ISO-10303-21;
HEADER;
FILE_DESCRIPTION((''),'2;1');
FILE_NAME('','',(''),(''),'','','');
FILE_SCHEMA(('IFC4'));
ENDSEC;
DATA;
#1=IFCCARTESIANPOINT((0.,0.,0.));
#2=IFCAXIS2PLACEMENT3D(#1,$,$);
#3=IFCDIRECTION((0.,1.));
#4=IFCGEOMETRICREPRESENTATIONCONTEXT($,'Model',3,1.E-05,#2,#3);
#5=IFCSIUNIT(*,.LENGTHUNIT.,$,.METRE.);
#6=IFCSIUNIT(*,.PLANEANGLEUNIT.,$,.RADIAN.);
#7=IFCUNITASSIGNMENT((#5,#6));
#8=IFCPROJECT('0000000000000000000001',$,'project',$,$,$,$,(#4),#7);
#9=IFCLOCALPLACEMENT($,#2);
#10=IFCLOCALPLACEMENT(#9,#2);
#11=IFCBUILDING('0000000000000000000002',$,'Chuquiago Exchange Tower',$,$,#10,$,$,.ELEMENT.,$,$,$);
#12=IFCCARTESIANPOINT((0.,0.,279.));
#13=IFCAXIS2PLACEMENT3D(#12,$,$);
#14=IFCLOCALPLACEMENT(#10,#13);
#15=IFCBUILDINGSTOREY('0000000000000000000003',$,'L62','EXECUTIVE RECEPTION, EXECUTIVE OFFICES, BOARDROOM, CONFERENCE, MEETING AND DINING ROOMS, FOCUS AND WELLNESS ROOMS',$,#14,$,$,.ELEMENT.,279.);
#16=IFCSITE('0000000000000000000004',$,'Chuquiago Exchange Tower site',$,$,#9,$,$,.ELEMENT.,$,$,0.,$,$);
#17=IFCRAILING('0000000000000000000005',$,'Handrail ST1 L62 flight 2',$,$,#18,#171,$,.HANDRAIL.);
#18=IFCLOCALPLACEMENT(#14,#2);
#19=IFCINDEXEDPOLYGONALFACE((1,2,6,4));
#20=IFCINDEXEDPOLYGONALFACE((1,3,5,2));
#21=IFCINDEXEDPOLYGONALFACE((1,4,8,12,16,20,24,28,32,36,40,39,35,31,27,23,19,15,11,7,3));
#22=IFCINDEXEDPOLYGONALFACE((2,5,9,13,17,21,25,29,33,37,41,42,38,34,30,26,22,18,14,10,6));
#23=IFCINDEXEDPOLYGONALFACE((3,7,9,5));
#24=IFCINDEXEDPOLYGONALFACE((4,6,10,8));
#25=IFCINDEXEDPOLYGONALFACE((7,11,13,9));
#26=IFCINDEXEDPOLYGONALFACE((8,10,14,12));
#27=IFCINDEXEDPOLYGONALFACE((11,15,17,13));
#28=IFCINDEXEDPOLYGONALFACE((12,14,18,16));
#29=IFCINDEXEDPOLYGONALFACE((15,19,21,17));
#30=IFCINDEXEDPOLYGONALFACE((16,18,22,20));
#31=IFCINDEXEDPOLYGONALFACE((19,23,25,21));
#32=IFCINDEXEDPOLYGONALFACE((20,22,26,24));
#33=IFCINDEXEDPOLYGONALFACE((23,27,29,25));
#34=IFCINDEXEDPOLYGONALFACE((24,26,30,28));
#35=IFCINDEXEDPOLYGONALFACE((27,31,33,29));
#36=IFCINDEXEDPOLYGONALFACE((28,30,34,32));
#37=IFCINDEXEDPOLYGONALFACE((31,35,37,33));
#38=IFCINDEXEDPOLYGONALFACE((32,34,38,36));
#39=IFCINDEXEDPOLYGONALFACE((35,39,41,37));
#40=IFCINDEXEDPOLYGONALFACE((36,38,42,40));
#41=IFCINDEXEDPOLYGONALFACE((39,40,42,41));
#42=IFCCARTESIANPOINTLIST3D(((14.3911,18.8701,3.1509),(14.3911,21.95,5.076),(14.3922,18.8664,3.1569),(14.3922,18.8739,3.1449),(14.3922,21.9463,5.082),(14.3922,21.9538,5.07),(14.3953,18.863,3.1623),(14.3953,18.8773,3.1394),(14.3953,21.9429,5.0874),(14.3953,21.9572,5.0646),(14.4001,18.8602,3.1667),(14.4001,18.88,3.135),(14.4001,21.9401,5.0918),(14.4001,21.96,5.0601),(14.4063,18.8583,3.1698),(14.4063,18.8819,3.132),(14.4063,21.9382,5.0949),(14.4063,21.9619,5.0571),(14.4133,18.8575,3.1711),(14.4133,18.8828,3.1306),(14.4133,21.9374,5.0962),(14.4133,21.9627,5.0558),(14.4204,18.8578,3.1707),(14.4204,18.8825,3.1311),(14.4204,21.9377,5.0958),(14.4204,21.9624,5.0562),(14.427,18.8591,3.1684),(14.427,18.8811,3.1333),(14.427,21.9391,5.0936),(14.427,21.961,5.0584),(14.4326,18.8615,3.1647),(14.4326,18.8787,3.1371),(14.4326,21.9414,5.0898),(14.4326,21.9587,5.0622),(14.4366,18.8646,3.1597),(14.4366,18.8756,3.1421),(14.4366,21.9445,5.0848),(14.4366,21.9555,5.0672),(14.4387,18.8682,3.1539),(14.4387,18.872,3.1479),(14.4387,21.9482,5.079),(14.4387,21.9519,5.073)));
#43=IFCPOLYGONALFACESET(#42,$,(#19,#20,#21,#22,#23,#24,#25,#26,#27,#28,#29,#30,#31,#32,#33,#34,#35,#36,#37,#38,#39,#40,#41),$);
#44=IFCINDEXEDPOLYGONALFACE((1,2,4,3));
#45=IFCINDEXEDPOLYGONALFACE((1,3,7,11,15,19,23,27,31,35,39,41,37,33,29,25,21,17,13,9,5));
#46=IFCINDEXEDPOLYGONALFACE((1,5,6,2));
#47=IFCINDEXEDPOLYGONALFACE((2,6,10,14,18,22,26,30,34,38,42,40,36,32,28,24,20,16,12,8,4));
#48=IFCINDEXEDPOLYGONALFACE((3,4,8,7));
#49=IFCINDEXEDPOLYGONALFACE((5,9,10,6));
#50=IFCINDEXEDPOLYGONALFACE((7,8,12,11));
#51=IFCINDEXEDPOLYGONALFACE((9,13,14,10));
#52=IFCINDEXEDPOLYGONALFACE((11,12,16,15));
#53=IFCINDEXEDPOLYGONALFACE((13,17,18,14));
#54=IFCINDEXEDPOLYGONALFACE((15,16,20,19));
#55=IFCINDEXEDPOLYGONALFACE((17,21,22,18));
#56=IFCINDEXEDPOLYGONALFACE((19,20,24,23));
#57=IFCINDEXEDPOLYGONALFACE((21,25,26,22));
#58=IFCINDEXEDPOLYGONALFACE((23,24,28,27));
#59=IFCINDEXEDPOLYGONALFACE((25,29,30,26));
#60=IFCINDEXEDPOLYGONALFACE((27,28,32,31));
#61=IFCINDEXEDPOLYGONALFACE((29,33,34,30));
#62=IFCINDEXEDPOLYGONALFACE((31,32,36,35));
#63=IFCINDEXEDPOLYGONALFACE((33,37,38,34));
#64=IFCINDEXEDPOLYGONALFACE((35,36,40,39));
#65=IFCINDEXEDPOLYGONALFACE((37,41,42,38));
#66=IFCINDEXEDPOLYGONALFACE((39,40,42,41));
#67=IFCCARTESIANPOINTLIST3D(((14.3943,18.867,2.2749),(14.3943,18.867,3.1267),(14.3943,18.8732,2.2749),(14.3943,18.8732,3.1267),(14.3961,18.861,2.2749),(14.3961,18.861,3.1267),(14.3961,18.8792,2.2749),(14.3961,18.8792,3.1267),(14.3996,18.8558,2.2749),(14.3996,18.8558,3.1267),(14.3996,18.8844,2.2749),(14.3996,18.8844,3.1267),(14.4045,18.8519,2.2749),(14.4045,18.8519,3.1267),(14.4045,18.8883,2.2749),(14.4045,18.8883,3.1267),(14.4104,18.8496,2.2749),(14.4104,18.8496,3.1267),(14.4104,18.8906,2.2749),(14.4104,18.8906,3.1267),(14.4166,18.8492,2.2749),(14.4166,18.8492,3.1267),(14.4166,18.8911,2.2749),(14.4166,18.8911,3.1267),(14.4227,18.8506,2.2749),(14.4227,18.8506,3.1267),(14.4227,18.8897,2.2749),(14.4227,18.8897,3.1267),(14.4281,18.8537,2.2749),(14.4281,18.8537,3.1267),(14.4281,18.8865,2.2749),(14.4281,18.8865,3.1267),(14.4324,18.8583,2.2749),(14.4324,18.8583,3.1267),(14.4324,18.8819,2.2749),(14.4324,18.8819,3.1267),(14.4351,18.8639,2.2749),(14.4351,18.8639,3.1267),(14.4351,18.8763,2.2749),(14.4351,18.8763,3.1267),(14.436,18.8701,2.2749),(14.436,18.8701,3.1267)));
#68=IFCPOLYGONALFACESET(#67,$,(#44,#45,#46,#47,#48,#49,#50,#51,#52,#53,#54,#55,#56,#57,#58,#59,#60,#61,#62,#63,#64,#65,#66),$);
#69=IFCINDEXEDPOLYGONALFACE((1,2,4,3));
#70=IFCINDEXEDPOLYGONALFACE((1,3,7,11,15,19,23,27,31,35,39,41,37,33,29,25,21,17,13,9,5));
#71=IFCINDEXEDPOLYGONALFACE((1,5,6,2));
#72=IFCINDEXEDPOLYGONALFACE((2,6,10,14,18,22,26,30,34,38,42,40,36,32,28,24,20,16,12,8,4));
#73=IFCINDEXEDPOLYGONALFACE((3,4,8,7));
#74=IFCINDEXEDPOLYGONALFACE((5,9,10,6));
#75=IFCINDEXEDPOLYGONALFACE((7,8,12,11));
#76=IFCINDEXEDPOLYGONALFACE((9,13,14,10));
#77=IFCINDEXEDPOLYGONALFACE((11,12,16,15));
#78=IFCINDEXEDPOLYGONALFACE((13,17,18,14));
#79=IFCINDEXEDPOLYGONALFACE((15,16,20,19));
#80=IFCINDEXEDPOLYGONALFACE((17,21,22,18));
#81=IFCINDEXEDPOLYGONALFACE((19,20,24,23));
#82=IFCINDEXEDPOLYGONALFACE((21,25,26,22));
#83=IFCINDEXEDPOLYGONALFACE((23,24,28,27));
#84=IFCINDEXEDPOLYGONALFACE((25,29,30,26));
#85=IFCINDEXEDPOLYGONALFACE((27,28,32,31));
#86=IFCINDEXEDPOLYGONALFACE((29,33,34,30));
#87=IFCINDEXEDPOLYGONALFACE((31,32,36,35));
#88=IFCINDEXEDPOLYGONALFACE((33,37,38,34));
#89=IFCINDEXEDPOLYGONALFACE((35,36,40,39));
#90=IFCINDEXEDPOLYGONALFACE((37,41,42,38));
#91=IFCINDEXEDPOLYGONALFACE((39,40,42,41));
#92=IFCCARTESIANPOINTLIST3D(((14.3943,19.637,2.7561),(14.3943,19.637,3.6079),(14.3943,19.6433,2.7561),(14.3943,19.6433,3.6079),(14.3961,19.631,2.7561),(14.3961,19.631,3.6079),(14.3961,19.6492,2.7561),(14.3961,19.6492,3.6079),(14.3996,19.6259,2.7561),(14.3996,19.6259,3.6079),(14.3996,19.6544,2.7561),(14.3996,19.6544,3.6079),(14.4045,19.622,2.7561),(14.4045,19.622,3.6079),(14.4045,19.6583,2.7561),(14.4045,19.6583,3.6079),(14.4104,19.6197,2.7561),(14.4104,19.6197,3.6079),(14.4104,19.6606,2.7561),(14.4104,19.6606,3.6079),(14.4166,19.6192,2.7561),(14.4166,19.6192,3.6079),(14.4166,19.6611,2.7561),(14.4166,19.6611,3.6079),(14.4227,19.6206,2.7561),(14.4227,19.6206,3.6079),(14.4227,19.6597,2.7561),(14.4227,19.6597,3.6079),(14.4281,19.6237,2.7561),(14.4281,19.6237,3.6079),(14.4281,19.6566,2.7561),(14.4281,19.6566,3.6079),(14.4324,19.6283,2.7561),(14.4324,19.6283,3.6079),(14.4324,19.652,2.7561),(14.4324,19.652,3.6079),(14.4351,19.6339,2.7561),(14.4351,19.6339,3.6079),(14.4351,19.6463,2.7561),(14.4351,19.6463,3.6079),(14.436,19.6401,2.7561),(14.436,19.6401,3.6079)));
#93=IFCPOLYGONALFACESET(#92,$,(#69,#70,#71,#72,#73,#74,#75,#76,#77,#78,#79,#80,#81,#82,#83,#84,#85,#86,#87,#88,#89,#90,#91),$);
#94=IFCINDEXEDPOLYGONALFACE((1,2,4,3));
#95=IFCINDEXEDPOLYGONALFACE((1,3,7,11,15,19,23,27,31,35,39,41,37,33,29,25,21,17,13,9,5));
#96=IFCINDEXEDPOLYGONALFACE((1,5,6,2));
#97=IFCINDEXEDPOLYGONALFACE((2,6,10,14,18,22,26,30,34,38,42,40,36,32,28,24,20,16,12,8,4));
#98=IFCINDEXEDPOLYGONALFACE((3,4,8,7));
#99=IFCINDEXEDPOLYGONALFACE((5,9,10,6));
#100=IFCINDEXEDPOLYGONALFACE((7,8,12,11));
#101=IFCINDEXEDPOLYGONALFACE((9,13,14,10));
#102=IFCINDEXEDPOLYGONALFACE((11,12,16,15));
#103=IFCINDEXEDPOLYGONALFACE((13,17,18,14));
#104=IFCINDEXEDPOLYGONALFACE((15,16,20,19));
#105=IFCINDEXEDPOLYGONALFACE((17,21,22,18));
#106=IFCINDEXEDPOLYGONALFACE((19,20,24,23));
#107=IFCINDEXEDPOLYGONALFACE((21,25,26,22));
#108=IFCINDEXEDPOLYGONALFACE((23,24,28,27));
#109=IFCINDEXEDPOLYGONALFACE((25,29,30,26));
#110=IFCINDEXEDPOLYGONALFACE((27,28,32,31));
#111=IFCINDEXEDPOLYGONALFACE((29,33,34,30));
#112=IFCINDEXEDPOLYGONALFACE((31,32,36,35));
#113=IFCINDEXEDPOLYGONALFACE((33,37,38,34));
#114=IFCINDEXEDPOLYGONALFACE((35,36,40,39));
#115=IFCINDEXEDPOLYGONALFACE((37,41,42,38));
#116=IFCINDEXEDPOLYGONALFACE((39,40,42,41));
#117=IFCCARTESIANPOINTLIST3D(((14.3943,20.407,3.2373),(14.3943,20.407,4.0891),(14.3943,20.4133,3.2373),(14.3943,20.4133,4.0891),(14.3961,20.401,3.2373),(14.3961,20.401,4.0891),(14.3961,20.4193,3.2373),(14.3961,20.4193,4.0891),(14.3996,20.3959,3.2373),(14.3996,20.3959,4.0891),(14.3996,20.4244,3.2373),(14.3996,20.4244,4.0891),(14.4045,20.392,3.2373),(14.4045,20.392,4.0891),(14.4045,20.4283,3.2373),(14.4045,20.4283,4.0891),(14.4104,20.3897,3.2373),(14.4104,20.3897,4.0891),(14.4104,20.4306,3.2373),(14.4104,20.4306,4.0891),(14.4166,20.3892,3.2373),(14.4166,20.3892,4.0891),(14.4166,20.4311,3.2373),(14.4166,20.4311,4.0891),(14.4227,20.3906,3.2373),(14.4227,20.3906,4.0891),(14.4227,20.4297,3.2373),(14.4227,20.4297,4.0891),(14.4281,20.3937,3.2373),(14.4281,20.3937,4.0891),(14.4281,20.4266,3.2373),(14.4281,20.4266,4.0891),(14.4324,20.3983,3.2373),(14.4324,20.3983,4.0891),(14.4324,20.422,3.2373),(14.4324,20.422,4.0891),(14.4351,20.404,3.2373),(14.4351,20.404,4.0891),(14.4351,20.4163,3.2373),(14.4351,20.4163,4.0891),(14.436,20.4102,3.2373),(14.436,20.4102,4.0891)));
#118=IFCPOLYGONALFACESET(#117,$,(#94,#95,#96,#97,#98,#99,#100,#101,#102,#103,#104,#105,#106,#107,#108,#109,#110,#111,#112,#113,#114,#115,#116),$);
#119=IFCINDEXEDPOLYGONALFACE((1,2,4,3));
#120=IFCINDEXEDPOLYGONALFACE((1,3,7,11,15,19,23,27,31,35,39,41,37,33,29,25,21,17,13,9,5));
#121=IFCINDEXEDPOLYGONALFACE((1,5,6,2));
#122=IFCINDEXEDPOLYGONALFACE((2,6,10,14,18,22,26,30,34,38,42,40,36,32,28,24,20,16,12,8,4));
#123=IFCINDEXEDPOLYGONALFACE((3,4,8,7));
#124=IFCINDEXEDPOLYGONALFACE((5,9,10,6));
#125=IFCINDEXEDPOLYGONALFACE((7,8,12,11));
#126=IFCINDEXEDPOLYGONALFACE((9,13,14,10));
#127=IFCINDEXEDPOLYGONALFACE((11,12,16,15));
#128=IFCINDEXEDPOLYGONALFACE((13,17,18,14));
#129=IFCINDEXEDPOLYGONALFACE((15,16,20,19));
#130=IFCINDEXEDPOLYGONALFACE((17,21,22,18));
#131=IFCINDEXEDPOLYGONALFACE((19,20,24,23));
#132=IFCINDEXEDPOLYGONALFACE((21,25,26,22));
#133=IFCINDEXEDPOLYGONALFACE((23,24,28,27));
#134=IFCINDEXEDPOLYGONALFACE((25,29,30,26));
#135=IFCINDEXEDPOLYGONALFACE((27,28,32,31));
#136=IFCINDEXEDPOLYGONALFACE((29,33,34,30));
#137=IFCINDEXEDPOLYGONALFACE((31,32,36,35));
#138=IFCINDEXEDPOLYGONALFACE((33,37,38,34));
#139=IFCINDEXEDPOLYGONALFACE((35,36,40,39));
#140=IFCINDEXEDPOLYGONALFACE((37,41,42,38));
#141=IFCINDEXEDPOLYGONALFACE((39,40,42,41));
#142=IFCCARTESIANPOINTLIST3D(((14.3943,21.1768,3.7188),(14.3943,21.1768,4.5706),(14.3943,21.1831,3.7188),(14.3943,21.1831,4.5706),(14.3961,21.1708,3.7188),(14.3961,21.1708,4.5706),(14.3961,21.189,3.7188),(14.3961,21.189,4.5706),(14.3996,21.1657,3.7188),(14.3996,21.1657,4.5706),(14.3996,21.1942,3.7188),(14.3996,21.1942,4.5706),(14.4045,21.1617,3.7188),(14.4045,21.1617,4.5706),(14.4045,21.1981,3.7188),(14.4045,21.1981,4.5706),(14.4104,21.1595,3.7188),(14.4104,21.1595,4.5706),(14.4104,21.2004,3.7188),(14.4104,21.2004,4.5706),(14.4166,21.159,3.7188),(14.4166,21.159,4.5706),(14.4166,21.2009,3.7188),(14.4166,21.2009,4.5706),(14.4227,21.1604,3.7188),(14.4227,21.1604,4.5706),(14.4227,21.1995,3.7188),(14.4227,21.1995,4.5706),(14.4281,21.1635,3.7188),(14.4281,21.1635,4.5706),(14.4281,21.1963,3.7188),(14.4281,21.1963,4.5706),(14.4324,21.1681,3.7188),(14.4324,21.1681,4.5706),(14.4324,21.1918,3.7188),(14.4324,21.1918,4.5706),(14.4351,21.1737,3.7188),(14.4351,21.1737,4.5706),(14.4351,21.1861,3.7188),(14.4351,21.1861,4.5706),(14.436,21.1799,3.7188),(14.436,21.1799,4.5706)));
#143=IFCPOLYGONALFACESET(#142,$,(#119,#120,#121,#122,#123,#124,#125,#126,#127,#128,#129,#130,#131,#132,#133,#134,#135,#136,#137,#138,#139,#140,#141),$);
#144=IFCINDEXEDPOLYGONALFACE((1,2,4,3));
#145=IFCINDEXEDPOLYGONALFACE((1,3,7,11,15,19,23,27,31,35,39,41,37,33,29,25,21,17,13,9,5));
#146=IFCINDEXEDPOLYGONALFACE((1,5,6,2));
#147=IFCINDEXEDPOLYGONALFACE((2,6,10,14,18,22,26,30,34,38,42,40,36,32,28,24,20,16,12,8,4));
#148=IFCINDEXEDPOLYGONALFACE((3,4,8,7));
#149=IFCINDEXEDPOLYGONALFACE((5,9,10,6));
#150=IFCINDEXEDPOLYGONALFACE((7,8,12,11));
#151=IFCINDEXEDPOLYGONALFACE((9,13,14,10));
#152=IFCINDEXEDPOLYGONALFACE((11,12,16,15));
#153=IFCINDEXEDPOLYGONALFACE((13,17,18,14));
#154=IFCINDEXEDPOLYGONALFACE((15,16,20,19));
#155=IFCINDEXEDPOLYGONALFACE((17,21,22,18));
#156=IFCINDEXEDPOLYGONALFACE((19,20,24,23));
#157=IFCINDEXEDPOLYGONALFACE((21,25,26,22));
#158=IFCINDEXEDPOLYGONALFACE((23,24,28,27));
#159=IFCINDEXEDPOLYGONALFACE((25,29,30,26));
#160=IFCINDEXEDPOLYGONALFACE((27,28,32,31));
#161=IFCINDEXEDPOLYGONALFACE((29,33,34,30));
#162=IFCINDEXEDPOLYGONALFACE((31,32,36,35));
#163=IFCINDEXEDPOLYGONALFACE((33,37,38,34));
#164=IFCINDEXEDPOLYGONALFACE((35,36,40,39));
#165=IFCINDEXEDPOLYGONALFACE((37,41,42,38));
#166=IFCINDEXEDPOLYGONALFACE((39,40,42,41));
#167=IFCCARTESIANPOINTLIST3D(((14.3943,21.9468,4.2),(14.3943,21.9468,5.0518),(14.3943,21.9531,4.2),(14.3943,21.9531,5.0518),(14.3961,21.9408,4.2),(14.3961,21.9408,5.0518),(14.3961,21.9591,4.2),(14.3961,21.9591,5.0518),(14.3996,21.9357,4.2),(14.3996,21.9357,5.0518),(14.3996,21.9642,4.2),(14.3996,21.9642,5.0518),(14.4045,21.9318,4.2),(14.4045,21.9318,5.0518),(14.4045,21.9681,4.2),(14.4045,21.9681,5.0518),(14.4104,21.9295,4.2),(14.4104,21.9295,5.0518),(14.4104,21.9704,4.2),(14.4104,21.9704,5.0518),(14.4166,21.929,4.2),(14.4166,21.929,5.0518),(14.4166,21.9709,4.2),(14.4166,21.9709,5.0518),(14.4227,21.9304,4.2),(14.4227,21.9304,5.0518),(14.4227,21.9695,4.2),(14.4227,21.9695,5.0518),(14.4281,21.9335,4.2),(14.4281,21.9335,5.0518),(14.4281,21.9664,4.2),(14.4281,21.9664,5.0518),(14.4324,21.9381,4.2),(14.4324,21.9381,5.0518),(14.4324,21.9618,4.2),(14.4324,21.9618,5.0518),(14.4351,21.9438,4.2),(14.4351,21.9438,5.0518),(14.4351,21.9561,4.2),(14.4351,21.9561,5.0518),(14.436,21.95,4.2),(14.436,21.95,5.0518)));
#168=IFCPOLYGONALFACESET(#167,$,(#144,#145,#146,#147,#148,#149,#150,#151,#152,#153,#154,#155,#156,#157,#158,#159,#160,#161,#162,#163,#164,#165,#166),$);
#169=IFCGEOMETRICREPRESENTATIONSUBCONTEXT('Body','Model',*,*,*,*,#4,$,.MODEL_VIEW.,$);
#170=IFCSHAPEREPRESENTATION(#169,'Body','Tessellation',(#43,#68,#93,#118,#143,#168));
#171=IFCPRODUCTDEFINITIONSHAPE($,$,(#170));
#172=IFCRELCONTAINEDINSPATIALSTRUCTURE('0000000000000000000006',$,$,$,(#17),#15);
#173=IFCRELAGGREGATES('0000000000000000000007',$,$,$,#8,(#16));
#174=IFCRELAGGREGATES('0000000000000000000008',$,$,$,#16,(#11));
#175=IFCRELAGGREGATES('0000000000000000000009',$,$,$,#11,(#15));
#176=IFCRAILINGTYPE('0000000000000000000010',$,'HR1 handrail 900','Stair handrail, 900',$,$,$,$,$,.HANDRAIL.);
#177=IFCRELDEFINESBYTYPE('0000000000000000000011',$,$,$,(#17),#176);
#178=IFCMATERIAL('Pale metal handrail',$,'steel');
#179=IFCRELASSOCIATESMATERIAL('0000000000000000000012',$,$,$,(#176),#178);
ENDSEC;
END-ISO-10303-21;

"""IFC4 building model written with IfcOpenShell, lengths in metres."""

from ifc_helpers import new_model, si_unit, direction, frame, origin, origin_2d, place, context, subcontext, project, spatial, circle, extrude, material, type_object, element, save


model = new_model("IFC4")

# Units and contexts
model_context = context("Model", 3, precision=1e-05, world=origin(), true_north=direction((0.0, 1.0)))
body_context = subcontext(model_context, "Body", "Model", "MODEL_VIEW")
ifc_project = project(units=[si_unit("LENGTHUNIT", "METRE"), si_unit("PLANEANGLEUNIT", "RADIAN")], contexts=[model_context])

# Site, building, storey
site_placement = place(None, origin())
site = spatial("IfcSite", under=ifc_project, at=site_placement, Name="Chuquiago Exchange Tower site", CompositionType="ELEMENT", RefElevation=0.0)
building_placement = place(site_placement, origin())
building = spatial("IfcBuilding", under=site, at=building_placement, Name="Chuquiago Exchange Tower", CompositionType="ELEMENT")
storey_placement = place(building_placement, frame((0.0, 0.0, 279.0)))
storey = spatial("IfcBuildingStorey", under=building, at=storey_placement, Name="L62", Description="EXECUTIVE RECEPTION, EXECUTIVE OFFICES, BOARDROOM, CONFERENCE, MEETING AND DINING ROOMS, FOCUS AND WELLNESS ROOMS", CompositionType="ELEMENT", Elevation=279.0)

# Railing
ifc_material_1 = material(Name="Pale metal handrail", Category="steel")
railing_type_1 = type_object("IfcRailingType", Name="HR1 handrail 900", Description="Stair handrail, 900", PredefinedType="HANDRAIL", material=ifc_material_1)
for number, where, name in (
    (1, (14.415, 18.8701, 2.2749), "Handrail ST1 L62 flight 2"),
):
    element("IfcRailing", number, at=place(storey_placement, frame(where)), inside=storey, type_object=railing_type_1, Name=name, PredefinedType="HANDRAIL", context=body_context, shape_type="SweptSolid", body=[
        extrude(circle(Radius=0.0239, at=origin_2d()), frame((0.0, 0.0, 0.876), z_axis=(0.0, 0.847979, 0.530029), x_axis=(-1.0, 0.0, 0.0)), (0.0, 0.0, 1.0), 3.6321),
        extrude(circle(Radius=0.021, at=origin_2d()), origin(), (0.0, 0.0, 1.0), 0.8518),
        extrude(circle(Radius=0.021, at=origin_2d()), frame((0.0, 0.77, 0.4812)), (0.0, 0.0, 1.0), 0.8518),
        extrude(circle(Radius=0.021, at=origin_2d()), frame((0.0, 1.54, 0.9624)), (0.0, 0.0, 1.0), 0.8518),
        extrude(circle(Radius=0.021, at=origin_2d()), frame((0.0, 2.3098, 1.4438)), (0.0, 0.0, 1.0), 0.8518),
        extrude(circle(Radius=0.021, at=origin_2d()), frame((0.0, 3.0798, 1.925)), (0.0, 0.0, 1.0), 0.8518),
    ])

save(model, "model.ifc")
